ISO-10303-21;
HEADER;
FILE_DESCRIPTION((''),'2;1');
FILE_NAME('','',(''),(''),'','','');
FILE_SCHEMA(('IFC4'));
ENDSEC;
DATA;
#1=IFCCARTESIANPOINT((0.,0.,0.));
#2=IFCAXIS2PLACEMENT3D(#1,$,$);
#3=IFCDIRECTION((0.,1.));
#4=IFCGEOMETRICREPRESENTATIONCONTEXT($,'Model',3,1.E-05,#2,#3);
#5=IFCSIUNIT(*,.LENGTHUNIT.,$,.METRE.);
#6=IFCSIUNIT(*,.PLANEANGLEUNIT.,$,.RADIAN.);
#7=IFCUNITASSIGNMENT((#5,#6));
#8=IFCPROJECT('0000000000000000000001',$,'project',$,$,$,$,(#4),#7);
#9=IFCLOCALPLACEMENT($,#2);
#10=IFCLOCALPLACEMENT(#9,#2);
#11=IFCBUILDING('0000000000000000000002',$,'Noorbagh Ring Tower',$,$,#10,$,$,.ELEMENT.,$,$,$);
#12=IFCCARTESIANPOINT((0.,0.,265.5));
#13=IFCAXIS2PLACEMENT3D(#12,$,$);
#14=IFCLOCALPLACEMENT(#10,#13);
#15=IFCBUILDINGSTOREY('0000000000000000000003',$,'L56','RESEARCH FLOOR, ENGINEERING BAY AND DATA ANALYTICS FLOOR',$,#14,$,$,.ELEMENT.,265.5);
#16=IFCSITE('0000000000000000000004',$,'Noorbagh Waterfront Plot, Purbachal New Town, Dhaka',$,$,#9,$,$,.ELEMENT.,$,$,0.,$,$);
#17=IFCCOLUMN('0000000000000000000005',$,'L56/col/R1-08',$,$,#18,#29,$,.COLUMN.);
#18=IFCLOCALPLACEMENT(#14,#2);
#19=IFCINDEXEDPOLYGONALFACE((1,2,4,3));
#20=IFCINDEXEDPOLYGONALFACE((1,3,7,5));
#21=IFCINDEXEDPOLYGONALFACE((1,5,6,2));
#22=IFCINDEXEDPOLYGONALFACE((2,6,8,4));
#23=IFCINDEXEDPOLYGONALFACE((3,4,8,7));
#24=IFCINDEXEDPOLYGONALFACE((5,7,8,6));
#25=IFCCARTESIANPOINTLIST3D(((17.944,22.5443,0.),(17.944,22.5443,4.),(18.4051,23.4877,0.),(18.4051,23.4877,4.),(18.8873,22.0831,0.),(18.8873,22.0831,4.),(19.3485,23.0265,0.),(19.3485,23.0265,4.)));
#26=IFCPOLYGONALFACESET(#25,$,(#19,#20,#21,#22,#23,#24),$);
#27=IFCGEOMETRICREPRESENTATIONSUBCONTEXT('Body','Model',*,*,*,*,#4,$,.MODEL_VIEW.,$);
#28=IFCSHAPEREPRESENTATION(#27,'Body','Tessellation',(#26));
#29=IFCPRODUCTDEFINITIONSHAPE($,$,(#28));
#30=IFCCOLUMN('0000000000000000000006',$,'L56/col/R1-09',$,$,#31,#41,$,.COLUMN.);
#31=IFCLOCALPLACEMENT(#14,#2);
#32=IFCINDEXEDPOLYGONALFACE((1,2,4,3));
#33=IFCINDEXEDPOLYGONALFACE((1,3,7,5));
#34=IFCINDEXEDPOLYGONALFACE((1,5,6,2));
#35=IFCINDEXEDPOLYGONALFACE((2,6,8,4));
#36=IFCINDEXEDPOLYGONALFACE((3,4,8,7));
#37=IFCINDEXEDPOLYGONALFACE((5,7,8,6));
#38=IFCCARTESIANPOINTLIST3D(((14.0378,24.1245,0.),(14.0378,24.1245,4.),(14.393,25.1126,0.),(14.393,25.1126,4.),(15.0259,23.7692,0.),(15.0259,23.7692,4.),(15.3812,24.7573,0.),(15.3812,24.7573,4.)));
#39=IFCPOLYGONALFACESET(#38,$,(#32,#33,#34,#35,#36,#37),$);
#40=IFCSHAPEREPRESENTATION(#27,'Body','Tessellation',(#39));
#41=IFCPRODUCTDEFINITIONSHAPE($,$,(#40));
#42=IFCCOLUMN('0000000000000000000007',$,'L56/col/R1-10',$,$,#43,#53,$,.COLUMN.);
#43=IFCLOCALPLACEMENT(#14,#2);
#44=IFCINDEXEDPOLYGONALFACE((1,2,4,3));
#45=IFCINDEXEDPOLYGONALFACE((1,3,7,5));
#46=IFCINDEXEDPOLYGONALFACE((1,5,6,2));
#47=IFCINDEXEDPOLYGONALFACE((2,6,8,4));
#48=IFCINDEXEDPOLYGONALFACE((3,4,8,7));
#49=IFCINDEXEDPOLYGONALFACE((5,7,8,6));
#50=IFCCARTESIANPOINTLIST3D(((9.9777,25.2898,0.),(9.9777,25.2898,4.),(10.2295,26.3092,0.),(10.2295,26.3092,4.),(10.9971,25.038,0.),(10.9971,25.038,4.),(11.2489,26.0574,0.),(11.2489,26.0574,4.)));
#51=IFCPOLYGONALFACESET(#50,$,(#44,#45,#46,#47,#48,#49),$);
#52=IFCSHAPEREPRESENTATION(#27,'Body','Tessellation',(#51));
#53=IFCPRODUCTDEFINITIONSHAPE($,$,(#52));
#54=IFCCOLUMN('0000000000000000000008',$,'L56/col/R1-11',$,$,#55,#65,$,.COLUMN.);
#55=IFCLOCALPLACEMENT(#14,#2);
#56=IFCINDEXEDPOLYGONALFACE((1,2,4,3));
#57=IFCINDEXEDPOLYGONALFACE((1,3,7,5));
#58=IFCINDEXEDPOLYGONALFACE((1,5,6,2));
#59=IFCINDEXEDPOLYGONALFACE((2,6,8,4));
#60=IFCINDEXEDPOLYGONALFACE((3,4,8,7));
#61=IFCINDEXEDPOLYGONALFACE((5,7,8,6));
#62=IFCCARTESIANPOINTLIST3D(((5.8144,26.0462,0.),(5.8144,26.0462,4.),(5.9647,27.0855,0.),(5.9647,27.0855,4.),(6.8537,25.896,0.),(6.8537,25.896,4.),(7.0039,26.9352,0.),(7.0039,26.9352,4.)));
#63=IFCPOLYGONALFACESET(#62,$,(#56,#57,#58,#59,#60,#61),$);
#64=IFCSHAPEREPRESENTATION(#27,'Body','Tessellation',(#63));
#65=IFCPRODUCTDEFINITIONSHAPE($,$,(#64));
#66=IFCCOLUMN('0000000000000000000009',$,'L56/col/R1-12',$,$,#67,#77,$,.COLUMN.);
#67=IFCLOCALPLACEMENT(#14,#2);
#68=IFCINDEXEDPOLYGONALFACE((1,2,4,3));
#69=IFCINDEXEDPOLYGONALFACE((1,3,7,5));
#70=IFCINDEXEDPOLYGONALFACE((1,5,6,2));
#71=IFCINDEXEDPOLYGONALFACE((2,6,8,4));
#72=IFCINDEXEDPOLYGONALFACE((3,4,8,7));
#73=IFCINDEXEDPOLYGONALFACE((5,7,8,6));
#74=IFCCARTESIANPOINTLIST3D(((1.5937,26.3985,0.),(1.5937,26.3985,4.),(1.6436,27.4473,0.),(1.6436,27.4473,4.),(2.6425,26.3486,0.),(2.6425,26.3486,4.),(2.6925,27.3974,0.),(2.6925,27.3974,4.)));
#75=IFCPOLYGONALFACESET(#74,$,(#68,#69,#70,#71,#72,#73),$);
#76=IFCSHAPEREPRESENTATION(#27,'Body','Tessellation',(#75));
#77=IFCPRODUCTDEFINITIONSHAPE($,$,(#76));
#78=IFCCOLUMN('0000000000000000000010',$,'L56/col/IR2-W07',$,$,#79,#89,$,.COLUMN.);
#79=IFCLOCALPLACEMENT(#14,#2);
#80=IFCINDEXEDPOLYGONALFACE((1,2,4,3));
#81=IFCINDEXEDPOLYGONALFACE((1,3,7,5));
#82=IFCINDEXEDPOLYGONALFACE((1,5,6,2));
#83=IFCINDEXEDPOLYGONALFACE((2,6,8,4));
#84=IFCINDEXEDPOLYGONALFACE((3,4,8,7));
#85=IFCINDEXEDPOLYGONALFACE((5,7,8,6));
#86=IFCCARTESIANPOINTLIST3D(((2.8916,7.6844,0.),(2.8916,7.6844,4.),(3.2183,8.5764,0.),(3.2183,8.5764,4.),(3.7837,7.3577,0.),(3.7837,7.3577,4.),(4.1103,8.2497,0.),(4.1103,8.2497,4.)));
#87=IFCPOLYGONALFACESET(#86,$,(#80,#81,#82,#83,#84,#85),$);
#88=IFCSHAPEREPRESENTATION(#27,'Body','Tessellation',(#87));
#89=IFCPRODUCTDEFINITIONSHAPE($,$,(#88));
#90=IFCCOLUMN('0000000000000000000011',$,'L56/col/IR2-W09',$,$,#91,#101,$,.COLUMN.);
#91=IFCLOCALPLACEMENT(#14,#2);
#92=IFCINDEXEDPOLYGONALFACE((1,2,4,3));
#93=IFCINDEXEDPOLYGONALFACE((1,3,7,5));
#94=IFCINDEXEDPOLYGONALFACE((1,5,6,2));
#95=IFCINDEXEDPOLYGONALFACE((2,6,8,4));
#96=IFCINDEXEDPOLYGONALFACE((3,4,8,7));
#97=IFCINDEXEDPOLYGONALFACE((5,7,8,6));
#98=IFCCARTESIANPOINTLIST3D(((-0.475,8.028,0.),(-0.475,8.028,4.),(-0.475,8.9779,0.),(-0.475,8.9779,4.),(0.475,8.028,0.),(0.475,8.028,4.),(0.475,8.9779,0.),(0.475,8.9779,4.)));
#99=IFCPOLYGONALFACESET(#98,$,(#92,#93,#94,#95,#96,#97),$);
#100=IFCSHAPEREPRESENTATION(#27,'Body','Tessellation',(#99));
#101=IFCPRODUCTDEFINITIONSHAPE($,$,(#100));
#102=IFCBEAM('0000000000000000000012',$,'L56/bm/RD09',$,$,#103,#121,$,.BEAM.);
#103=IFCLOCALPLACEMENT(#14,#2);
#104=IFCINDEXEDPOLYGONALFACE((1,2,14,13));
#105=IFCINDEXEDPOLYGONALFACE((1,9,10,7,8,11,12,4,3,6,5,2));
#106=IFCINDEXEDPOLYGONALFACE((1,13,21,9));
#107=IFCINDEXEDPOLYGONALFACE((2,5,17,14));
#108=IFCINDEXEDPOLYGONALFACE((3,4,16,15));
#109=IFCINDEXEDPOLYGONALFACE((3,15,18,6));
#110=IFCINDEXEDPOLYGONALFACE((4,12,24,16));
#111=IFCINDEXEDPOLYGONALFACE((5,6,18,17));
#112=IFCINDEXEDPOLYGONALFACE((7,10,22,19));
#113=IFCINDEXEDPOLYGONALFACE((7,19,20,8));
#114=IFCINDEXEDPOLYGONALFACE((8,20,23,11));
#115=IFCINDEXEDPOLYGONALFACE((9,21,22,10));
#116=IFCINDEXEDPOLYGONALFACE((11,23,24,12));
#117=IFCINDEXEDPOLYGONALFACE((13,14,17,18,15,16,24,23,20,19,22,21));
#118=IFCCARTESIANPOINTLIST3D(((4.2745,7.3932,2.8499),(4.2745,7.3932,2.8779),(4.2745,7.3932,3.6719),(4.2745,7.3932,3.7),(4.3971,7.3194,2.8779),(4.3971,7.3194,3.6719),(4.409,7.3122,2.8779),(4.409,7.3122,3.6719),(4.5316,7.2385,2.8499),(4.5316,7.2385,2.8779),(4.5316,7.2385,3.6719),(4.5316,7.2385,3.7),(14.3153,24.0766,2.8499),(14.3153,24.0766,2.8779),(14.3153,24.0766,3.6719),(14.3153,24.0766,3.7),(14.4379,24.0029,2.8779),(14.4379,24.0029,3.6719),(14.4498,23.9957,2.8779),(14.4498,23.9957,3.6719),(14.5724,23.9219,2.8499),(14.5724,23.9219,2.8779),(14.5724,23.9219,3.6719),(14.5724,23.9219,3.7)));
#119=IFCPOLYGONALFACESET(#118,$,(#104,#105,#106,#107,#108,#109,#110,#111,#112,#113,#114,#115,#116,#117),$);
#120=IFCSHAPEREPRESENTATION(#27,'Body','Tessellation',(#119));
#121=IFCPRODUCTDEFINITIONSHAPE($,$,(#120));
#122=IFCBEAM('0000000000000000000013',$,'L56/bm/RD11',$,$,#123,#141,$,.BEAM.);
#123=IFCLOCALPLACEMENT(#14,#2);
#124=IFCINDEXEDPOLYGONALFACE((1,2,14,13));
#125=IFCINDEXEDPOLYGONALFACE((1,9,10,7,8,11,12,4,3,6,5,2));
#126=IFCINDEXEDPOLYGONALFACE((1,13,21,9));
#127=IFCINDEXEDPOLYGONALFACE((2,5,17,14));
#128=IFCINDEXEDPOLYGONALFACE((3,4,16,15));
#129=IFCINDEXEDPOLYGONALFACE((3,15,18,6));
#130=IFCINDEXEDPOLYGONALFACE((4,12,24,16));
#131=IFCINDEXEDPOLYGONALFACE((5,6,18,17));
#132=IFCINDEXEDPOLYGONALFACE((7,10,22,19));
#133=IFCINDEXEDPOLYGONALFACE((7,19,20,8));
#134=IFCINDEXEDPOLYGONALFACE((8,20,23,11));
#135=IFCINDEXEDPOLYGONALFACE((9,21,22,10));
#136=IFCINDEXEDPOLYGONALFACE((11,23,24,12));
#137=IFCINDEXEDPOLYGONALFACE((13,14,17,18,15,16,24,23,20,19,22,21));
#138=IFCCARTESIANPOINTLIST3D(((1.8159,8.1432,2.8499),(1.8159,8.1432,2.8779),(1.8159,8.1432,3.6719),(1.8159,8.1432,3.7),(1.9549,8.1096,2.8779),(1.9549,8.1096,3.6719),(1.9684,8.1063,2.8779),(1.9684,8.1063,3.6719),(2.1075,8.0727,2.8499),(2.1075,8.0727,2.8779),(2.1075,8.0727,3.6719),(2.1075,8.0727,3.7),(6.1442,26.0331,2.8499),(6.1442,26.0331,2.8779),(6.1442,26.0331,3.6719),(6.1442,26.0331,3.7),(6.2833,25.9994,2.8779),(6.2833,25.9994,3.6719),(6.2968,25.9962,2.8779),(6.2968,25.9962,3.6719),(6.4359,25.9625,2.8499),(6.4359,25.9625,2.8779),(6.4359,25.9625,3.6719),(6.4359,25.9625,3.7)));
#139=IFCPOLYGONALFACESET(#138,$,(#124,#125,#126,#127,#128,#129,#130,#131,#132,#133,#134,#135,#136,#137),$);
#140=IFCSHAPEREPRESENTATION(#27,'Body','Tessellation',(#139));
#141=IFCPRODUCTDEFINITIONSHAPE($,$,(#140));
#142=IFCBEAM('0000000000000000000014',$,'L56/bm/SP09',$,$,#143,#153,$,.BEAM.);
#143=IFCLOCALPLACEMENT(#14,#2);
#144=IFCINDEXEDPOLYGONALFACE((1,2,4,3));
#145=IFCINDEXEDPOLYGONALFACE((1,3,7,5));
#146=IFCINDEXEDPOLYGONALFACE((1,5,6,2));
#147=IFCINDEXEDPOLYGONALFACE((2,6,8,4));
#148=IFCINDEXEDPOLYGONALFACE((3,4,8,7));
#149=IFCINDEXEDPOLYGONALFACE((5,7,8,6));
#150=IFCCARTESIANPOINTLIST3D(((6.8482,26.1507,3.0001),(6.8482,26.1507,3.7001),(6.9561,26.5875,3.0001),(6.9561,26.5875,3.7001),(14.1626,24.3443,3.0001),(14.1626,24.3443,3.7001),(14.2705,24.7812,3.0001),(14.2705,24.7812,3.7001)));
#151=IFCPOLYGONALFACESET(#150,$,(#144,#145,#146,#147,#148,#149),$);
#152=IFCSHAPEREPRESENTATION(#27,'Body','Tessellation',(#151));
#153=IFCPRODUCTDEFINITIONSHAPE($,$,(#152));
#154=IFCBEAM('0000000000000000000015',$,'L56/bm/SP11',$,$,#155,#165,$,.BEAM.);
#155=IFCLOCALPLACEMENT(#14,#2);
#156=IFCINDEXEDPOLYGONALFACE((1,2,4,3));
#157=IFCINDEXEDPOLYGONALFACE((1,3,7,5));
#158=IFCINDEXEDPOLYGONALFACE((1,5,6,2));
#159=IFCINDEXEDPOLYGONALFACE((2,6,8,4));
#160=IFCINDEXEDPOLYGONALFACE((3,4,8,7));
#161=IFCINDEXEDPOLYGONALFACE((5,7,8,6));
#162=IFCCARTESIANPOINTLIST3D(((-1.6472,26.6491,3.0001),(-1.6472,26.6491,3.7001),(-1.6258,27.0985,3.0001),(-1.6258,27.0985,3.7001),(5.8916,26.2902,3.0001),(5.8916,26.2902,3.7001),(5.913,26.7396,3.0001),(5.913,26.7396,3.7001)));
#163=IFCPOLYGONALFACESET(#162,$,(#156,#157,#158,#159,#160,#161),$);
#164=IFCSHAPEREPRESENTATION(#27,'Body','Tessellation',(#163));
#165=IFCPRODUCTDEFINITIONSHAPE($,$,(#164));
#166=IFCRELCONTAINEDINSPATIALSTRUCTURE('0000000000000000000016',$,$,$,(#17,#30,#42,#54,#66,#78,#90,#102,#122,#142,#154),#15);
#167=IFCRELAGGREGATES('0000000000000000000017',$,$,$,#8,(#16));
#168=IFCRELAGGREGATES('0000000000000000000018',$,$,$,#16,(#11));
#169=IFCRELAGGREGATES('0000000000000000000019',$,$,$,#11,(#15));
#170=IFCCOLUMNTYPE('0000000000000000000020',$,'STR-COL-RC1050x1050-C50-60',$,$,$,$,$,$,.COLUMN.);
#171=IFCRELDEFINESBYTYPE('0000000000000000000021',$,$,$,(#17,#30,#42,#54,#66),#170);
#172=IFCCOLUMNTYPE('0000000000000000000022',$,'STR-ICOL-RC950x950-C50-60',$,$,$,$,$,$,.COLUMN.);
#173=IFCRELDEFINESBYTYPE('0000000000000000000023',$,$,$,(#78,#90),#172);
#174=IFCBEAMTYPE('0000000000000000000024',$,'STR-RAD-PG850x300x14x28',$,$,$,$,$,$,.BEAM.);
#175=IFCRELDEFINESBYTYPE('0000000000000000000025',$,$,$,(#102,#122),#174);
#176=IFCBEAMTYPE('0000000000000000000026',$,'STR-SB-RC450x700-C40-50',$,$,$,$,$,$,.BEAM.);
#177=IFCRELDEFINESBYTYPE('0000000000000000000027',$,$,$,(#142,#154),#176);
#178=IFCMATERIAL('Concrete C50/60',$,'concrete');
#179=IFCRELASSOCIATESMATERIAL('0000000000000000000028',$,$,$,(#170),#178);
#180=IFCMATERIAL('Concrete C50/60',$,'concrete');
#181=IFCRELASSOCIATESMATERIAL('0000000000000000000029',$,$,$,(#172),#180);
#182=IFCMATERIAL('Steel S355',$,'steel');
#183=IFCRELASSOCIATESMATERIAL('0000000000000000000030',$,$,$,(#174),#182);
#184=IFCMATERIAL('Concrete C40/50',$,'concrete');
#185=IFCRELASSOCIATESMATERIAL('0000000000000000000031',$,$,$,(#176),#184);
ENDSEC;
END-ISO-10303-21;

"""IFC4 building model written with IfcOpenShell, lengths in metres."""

from ifc_helpers import new_model, si_unit, direction, frame, origin, origin_2d, place, context, subcontext, project, spatial, rectangle, i_section, extrude, material, material_profile, profile_set, type_object, element, save


model = new_model("IFC4")

# Units and contexts
model_context = context("Model", 3, precision=1e-05, world=origin(), true_north=direction((0.0, 1.0)))
body_context = subcontext(model_context, "Body", "Model", "MODEL_VIEW")
ifc_project = project(units=[si_unit("LENGTHUNIT", "METRE"), si_unit("PLANEANGLEUNIT", "RADIAN")], contexts=[model_context])

# Site, building, storey
site_placement = place(None, origin())
site = spatial("IfcSite", under=ifc_project, at=site_placement, Name="Noorbagh Waterfront Plot, Purbachal New Town, Dhaka", CompositionType="ELEMENT", RefElevation=0.0)
building_placement = place(site_placement, origin())
building = spatial("IfcBuilding", under=site, at=building_placement, Name="Noorbagh Ring Tower", CompositionType="ELEMENT")
storey_placement = place(building_placement, frame((0.0, 0.0, 265.5)))
storey = spatial("IfcBuildingStorey", under=building, at=storey_placement, Name="L56", Description="RESEARCH FLOOR, ENGINEERING BAY AND DATA ANALYTICS FLOOR", CompositionType="ELEMENT", Elevation=265.5)

# Columns
ifc_material_1 = material(Name="Concrete C50/60", Category="concrete")
ifc_material_profile_1 = material_profile(ifc_material_1, rectangle(XDim=1.05, YDim=1.05, at=origin_2d()), Name="RC1050x1050")
ifc_profile_set_1 = profile_set([ifc_material_profile_1], Name="Concrete C50/60")
column_type_1 = type_object("IfcColumnType", Name="STR-COL-RC1050x1050-C50-60", PredefinedType="COLUMN", material=ifc_profile_set_1)
for number, where, z_axis, x_axis, name in (
    (1, (18.6462, 22.7854, 0.0), (0.0, 0.0, 1.0), (-0.898399, 0.43918, 0.0), "L56/col/R1-08"),
    (2, (14.7095, 24.4409, 0.0), (0.0, 0.0, 1.0), (-0.941025, 0.338338, 0.0), "L56/col/R1-09"),
    (3, (10.6133, 25.6736, 0.0), (0.0, 0.0, 1.0), (-0.970829, 0.239771, 0.0), "L56/col/R1-10"),
    (4, (6.4092, 26.4907, 0.0), (0.0, 0.0, 1.0), (-0.989713, 0.143066, 0.0), "L56/col/R1-11"),
    (5, (2.1431, 26.8979, 0.0), (0.0, 0.0, 1.0), (-0.998869, 0.047553, 0.0), "L56/col/R1-12"),
):
    element("IfcColumn", number, at=place(storey_placement, frame(where, z_axis=z_axis, x_axis=x_axis)), inside=storey, type_object=column_type_1, Name=name, PredefinedType="COLUMN", context=body_context, shape_type="SweptSolid", body=[
        extrude(rectangle(XDim=1.05, YDim=1.05, at=origin_2d()), origin(), (0.0, 0.0, 1.0), 4.0),
    ])
ifc_material_2 = material(Name="Concrete C50/60", Category="concrete")
ifc_material_profile_2 = material_profile(ifc_material_2, rectangle(XDim=0.95, YDim=0.95, at=origin_2d()), Name="RC950x950")
ifc_profile_set_2 = profile_set([ifc_material_profile_2], Name="Concrete C50/60")
column_type_2 = type_object("IfcColumnType", Name="STR-ICOL-RC950x950-C50-60", PredefinedType="COLUMN", material=ifc_profile_set_2)
for number, where, z_axis, x_axis, name in (
    (6, (3.501, 7.967, 0.0), (0.0, 0.0, 1.0), (-0.93902, 0.343864, 0.0), "L56/col/IR2-W07"),
    (7, (0.0, 8.5029, 0.0), (0.0, 0.0, 1.0), (-1.0, 0.0, 0.0), "L56/col/IR2-W09"),
):
    element("IfcColumn", number, at=place(storey_placement, frame(where, z_axis=z_axis, x_axis=x_axis)), inside=storey, type_object=column_type_2, Name=name, PredefinedType="COLUMN", context=body_context, shape_type="SweptSolid", body=[
        extrude(rectangle(XDim=0.95, YDim=0.95, at=origin_2d()), origin(), (0.0, 0.0, 1.0), 4.0),
    ])

# Beams
ifc_material_3 = material(Name="Steel S355", Category="steel")
ifc_material_profile_3 = material_profile(ifc_material_3, i_section(OverallWidth=0.3, OverallDepth=0.8501, WebThickness=0.0139, FlangeThickness=0.0281, at=origin_2d()), Name="PG850x300x14x28")
ifc_profile_set_3 = profile_set([ifc_material_profile_3], Name="Steel S355")
beam_type_1 = type_object("IfcBeamType", Name="STR-RAD-PG850x300x14x28", PredefinedType="BEAM", material=ifc_profile_set_3)
beam_1_placement = place(storey_placement, frame((14.4438, 23.9993, 3.2749), z_axis=(-0.515657, -0.856795, 0.0), x_axis=(0.856795, -0.515657, 0.0)))
element("IfcBeam", 8, at=beam_1_placement, inside=storey, type_object=beam_type_1, Name="L56/bm/RD09", PredefinedType="BEAM", context=body_context, shape_type="SweptSolid", body=[
    extrude(i_section(OverallWidth=0.3, OverallDepth=0.8501, WebThickness=0.0139, FlangeThickness=0.0281, at=origin_2d()), origin(), (0.0, 0.0, 1.0), 19.4719),
])
beam_2_placement = place(storey_placement, frame((6.29, 25.9978, 3.2749), z_axis=(-0.23516, -0.971957, 0.0), x_axis=(0.971957, -0.23516, 0.0)))
element("IfcBeam", 9, at=beam_2_placement, inside=storey, type_object=beam_type_1, Name="L56/bm/RD11", PredefinedType="BEAM", context=body_context, shape_type="SweptSolid", body=[
    extrude(i_section(OverallWidth=0.3, OverallDepth=0.8501, WebThickness=0.0139, FlangeThickness=0.0281, at=origin_2d()), origin(), (0.0, 0.0, 1.0), 18.406),
])
ifc_material_4 = material(Name="Concrete C40/50", Category="concrete")
ifc_material_profile_4 = material_profile(ifc_material_4, rectangle(XDim=0.45, YDim=0.7, at=origin_2d()), Name="RC450x700")
ifc_profile_set_4 = profile_set([ifc_material_profile_4], Name="Concrete C40/50")
beam_type_2 = type_object("IfcBeamType", Name="STR-SB-RC450x700-C40-50", PredefinedType="BEAM", material=ifc_profile_set_4)
beam_3_placement = place(storey_placement, frame((14.2166, 24.5627, 3.3501), z_axis=(-0.970832, 0.239759, 0.0), x_axis=(-0.239759, -0.970832, 0.0)))
element("IfcBeam", 10, at=beam_3_placement, inside=storey, type_object=beam_type_2, Name="L56/bm/SP09", PredefinedType="BEAM", context=body_context, shape_type="SweptSolid", body=[
    extrude(rectangle(XDim=0.45, YDim=0.7, at=origin_2d()), origin(), (0.0, 0.0, 1.0), 7.5342),
])
beam_4_placement = place(storey_placement, frame((5.9023, 26.5149, 3.3501), z_axis=(-0.998869, 0.047551, 0.0), x_axis=(-0.047551, -0.998869, 0.0)))
element("IfcBeam", 11, at=beam_4_placement, inside=storey, type_object=beam_type_2, Name="L56/bm/SP11", PredefinedType="BEAM", context=body_context, shape_type="SweptSolid", body=[
    extrude(rectangle(XDim=0.45, YDim=0.7, at=origin_2d()), origin(), (0.0, 0.0, 1.0), 7.5474),
])

save(model, "model.ifc")
